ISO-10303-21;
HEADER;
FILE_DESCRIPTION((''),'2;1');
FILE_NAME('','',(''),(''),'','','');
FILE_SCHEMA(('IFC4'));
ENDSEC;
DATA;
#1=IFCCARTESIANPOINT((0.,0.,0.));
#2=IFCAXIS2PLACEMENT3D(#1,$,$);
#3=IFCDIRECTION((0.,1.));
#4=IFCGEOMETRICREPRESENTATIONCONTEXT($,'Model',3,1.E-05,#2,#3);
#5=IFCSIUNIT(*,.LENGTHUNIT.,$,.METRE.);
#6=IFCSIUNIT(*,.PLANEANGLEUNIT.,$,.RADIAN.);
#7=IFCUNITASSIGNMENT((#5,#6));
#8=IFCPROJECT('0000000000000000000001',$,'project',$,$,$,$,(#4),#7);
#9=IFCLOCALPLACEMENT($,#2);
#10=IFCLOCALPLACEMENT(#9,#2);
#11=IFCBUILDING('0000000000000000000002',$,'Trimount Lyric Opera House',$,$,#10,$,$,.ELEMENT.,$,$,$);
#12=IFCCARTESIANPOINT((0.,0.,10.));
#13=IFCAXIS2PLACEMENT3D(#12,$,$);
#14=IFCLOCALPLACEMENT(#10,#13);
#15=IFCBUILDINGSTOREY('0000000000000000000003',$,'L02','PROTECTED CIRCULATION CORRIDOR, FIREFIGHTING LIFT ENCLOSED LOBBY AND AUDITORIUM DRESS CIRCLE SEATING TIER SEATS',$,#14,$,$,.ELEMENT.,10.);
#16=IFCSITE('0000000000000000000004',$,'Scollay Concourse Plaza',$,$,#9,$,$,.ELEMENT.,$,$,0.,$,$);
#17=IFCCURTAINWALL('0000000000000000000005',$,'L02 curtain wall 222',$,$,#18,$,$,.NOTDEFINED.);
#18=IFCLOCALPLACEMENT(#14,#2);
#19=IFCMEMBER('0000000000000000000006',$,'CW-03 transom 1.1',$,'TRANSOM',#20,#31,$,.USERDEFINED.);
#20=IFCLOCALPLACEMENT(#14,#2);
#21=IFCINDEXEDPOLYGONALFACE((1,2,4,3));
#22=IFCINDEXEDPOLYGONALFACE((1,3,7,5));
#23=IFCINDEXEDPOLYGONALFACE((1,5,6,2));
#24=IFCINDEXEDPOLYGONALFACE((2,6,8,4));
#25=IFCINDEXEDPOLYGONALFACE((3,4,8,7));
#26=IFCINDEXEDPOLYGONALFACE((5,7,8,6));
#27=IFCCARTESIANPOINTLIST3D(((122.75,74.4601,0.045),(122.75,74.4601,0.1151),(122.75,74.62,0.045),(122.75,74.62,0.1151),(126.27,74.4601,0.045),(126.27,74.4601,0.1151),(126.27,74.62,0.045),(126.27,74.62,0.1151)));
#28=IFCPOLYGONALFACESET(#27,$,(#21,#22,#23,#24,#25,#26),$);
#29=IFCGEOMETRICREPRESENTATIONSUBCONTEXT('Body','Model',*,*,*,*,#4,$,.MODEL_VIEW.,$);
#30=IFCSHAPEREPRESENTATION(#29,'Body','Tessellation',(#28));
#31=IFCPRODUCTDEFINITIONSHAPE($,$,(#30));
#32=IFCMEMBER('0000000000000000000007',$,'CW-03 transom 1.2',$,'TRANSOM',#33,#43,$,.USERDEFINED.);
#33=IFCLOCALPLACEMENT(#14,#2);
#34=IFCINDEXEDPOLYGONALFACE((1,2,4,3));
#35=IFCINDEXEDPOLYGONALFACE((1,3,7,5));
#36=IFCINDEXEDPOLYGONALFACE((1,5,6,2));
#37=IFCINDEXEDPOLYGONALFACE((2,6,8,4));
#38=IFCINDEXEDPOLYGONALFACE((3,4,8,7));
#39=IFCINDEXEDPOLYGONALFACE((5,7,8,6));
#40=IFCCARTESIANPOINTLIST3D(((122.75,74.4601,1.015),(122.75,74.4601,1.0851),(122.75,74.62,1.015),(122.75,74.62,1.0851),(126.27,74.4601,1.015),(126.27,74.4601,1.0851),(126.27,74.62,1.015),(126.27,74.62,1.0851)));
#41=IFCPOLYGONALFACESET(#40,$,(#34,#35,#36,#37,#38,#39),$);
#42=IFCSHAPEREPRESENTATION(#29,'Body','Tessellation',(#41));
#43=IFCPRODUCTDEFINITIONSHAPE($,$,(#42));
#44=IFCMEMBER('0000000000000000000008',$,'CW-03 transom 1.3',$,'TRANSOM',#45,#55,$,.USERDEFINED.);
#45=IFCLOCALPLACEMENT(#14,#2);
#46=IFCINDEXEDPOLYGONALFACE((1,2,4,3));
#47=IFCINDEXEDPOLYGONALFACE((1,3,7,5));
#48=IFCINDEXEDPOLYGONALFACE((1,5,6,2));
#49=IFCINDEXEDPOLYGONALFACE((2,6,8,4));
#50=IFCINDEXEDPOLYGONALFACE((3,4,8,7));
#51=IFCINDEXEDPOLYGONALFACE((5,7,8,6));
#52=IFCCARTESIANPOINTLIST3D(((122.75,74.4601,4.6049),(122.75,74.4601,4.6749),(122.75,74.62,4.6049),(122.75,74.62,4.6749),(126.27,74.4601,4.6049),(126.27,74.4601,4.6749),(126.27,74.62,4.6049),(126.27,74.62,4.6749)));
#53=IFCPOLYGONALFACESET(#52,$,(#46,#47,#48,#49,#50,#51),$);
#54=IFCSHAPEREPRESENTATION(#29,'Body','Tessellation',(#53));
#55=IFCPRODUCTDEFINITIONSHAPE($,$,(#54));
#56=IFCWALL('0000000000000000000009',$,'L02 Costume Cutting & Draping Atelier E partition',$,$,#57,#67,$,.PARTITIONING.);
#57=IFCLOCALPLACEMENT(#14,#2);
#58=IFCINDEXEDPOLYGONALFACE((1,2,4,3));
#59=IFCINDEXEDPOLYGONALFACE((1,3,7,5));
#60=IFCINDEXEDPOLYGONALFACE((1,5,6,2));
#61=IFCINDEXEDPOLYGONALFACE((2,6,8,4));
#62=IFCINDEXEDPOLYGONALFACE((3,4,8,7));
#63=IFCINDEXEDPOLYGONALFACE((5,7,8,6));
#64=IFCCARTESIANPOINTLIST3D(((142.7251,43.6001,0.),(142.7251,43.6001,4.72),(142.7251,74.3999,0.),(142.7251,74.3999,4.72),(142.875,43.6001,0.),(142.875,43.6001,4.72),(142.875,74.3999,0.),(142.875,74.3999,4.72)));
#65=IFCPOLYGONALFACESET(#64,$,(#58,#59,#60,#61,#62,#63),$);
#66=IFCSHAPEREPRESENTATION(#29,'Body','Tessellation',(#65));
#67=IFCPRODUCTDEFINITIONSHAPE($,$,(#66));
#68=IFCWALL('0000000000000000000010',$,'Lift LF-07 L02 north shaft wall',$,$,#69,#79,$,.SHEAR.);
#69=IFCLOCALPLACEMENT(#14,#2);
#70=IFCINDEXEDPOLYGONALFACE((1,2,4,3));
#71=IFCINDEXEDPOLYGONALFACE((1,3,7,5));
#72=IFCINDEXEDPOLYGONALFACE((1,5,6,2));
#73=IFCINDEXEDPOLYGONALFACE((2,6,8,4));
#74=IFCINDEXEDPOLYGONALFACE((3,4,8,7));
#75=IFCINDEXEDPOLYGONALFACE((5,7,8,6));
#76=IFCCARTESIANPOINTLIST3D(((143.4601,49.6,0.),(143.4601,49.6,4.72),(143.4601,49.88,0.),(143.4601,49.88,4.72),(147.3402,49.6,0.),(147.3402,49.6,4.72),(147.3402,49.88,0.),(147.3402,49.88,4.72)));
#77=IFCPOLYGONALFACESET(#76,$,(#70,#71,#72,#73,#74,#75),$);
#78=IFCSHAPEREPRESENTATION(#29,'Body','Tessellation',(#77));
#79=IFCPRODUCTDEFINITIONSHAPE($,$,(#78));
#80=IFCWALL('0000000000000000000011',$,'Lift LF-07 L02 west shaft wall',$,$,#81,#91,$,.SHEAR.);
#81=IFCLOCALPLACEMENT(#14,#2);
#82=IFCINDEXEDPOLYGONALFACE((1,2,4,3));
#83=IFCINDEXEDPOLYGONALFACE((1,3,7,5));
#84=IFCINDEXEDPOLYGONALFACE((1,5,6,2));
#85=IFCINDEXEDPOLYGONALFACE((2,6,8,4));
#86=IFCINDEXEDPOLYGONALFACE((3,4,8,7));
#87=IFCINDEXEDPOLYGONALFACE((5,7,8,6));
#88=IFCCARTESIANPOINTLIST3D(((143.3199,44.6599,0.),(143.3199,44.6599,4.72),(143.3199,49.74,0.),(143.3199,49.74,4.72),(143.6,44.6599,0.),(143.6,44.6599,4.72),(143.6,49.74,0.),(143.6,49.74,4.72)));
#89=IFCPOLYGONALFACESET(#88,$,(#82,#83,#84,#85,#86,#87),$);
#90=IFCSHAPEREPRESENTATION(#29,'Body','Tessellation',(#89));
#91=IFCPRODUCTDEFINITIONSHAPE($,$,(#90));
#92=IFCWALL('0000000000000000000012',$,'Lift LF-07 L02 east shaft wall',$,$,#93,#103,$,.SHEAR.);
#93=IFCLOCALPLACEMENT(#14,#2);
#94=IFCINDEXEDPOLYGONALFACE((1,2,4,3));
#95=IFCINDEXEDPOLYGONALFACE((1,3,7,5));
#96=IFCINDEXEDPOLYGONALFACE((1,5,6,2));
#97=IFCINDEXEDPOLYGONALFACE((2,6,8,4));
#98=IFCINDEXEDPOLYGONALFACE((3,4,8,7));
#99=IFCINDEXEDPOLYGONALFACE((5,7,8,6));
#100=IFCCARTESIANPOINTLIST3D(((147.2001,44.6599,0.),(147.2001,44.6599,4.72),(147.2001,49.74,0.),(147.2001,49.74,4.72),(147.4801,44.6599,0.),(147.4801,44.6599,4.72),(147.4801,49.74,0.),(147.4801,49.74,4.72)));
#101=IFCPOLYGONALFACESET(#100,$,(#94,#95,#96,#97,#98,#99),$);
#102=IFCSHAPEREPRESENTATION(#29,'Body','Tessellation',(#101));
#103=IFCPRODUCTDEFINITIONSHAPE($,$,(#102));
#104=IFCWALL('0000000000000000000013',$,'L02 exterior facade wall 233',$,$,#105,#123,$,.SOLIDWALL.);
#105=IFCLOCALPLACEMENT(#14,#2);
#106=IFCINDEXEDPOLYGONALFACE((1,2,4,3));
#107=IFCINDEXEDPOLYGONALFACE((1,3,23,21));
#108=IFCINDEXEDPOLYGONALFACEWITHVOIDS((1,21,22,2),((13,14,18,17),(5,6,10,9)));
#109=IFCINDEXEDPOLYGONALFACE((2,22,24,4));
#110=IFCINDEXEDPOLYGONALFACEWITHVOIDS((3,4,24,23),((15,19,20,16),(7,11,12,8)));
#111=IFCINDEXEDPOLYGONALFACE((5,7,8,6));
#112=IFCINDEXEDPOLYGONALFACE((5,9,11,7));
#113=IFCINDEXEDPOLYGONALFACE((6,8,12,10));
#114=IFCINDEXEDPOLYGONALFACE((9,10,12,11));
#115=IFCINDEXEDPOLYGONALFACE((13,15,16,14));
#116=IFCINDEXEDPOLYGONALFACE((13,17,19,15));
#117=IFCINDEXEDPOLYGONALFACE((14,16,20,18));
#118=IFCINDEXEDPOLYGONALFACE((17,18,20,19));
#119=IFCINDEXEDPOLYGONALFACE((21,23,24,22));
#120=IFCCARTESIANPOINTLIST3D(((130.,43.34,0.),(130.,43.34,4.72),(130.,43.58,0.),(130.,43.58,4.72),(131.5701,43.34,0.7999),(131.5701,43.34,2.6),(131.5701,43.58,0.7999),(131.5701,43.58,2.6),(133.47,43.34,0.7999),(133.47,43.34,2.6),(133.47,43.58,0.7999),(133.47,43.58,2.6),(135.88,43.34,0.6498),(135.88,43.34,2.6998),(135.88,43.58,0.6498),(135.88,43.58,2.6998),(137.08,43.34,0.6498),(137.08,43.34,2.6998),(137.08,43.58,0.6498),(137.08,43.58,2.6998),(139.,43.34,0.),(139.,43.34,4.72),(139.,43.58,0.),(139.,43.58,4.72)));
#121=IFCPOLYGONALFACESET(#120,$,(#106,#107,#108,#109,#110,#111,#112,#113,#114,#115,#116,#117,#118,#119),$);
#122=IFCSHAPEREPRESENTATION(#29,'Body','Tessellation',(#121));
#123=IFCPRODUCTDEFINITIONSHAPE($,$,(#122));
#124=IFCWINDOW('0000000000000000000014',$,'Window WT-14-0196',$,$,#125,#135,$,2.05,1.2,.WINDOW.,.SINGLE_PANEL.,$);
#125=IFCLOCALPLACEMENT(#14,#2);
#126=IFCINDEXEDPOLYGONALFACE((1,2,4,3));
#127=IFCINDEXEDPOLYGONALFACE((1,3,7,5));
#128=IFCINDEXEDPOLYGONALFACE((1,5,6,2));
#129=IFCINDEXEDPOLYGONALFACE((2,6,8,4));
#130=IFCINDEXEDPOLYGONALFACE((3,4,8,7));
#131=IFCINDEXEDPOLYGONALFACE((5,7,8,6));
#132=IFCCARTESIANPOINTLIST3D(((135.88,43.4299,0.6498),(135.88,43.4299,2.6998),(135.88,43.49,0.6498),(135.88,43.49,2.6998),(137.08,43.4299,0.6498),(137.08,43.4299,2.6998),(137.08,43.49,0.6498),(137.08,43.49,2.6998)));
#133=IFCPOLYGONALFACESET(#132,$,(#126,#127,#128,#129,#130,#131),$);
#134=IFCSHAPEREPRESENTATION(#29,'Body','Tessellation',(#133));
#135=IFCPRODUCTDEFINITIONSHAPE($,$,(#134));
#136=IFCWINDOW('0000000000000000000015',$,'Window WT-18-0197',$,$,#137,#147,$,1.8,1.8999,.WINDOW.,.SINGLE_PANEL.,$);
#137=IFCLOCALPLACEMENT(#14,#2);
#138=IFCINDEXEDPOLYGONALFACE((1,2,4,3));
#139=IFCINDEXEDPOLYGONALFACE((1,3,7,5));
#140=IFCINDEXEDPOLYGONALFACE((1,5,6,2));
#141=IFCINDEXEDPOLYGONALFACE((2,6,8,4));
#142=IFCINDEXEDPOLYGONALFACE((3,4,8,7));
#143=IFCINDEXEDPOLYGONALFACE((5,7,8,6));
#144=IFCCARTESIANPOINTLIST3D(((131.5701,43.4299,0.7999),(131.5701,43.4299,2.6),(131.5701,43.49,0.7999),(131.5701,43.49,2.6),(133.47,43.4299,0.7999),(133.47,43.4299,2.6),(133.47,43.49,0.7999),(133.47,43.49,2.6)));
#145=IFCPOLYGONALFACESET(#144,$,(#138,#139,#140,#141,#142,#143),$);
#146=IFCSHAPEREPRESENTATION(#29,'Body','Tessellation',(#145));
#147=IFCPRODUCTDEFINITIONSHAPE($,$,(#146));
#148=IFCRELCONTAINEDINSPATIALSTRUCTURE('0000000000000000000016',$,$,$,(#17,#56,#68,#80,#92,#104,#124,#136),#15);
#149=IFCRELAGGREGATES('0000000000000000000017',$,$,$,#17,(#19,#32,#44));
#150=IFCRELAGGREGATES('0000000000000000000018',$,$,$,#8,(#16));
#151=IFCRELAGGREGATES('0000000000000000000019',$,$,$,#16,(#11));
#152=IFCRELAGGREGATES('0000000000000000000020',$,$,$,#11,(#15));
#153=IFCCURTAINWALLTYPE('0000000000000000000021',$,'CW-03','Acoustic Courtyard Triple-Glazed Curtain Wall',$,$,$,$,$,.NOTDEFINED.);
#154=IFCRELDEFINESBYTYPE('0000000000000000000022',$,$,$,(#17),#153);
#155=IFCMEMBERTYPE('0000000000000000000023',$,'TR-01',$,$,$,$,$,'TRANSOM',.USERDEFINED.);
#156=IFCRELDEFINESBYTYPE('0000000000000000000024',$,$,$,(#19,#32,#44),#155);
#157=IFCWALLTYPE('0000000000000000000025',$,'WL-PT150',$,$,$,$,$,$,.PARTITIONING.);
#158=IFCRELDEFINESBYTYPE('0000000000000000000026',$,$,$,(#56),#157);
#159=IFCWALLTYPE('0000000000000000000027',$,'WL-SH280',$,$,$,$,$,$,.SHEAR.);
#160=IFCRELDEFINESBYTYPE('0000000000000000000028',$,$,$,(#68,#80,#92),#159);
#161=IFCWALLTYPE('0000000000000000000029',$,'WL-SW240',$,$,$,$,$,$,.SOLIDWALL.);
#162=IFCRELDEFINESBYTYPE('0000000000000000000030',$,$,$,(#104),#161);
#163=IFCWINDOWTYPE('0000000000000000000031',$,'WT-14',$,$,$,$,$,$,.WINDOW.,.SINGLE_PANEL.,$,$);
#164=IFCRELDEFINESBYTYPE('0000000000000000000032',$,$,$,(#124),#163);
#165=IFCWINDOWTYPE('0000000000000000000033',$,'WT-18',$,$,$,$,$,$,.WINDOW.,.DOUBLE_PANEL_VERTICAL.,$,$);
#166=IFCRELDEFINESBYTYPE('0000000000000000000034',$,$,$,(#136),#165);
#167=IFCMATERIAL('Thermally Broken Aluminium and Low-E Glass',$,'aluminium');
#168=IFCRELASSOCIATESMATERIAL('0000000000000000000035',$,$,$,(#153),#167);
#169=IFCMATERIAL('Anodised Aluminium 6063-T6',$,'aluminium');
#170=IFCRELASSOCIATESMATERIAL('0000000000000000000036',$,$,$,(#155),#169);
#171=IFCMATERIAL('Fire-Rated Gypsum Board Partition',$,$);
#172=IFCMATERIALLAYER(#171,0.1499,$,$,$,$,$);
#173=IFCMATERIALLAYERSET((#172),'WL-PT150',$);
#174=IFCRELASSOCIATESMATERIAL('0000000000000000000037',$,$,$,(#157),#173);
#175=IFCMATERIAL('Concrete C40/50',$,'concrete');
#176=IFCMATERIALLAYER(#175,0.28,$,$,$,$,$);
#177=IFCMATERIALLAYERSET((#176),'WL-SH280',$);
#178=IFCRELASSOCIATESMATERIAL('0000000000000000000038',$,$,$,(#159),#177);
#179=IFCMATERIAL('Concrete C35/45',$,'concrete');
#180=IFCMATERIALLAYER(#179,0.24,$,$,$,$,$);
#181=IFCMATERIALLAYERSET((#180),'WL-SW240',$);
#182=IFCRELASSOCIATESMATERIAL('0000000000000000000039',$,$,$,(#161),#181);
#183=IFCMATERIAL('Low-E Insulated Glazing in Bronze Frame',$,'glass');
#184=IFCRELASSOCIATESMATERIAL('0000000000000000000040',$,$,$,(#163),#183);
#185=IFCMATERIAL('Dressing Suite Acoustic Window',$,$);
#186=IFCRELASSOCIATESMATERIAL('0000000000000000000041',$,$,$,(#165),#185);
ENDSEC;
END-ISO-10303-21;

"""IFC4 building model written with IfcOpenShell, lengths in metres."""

from ifc_helpers import new_model, si_unit, direction, frame, frame_2d, origin, origin_2d, place, context, subcontext, project, spatial, rectangle, extrude, material, layer, layer_set, material_profile, profile_set, type_object, element, fill, aggregate, save


model = new_model("IFC4")

# Units and contexts
model_context = context("Model", 3, precision=1e-05, world=origin(), true_north=direction((0.0, 1.0)))
body_context = subcontext(model_context, "Body", "Model", "MODEL_VIEW")
ifc_project = project(units=[si_unit("LENGTHUNIT", "METRE"), si_unit("PLANEANGLEUNIT", "RADIAN")], contexts=[model_context])

# Site, building, storey
site_placement = place(None, origin())
site = spatial("IfcSite", under=ifc_project, at=site_placement, Name="Scollay Concourse Plaza", CompositionType="ELEMENT", RefElevation=0.0)
building_placement = place(site_placement, origin())
building = spatial("IfcBuilding", under=site, at=building_placement, Name="Trimount Lyric Opera House", CompositionType="ELEMENT")
storey_placement = place(building_placement, frame((0.0, 0.0, 10.0)))
storey = spatial("IfcBuildingStorey", under=building, at=storey_placement, Name="L02", Description="PROTECTED CIRCULATION CORRIDOR, FIREFIGHTING LIFT ENCLOSED LOBBY AND AUDITORIUM DRESS CIRCLE SEATING TIER SEATS", CompositionType="ELEMENT", Elevation=10.0)

# Curtain wall
ifc_material_1 = material(Name="Thermally Broken Aluminium and Low-E Glass", Category="aluminium")
curtain_wall_type = type_object("IfcCurtainWallType", Name="CW-03", Description="Acoustic Courtyard Triple-Glazed Curtain Wall", PredefinedType="NOTDEFINED", material=ifc_material_1)
curtain_wall_placement = place(storey_placement, origin())
curtain_wall = element("IfcCurtainWall", 1, at=curtain_wall_placement, inside=storey, type_object=curtain_wall_type, Name="L02 curtain wall 222", PredefinedType="NOTDEFINED")

# Members
ifc_material_2 = material(Name="Anodised Aluminium 6063-T6", Category="aluminium")
ifc_material_profile_1 = material_profile(ifc_material_2, rectangle(XDim=0.1599, YDim=0.0701, at=origin_2d()), Name="ALU-TRAN-70X160")
ifc_profile_set_1 = profile_set([ifc_material_profile_1], Name="Anodised Aluminium 6063-T6")
member_type_1 = type_object("IfcMemberType", Name="TR-01", ElementType="TRANSOM", PredefinedType="USERDEFINED", material=ifc_profile_set_1)
member_1_placement = place(storey_placement, frame((122.75, 74.54, 0.0801), z_axis=(1.0, 0.0, 0.0), x_axis=(0.0, 1.0, 0.0)))
member_1 = element("IfcMember", 2, at=member_1_placement, type_object=member_type_1, Name="CW-03 transom 1.1", ObjectType="TRANSOM", PredefinedType="USERDEFINED", context=body_context, shape_type="SweptSolid", body=[
    extrude(rectangle(XDim=0.1599, YDim=0.0701, at=origin_2d()), origin(), (0.0, 0.0, 1.0), 3.52),
])
member_2_placement = place(storey_placement, frame((122.75, 74.54, 1.05), z_axis=(1.0, 0.0, 0.0), x_axis=(0.0, 1.0, 0.0)))
member_2 = element("IfcMember", 3, at=member_2_placement, type_object=member_type_1, Name="CW-03 transom 1.2", ObjectType="TRANSOM", PredefinedType="USERDEFINED", context=body_context, shape_type="SweptSolid", body=[
    extrude(rectangle(XDim=0.1599, YDim=0.0701, at=origin_2d()), origin(), (0.0, 0.0, 1.0), 3.52),
])
member_3_placement = place(storey_placement, frame((122.75, 74.54, 4.6399), z_axis=(1.0, 0.0, 0.0), x_axis=(0.0, 1.0, 0.0)))
member_3 = element("IfcMember", 4, at=member_3_placement, type_object=member_type_1, Name="CW-03 transom 1.3", ObjectType="TRANSOM", PredefinedType="USERDEFINED", context=body_context, shape_type="SweptSolid", body=[
    extrude(rectangle(XDim=0.1599, YDim=0.0701, at=origin_2d()), origin(), (0.0, 0.0, 1.0), 3.52),
])
aggregate(curtain_wall, [member_1, member_2, member_3])

# Walls
ifc_material_3 = material(Name="Fire-Rated Gypsum Board Partition")
ifc_layer_1 = layer(ifc_material_3, 0.1499)
ifc_layer_set_1 = layer_set([ifc_layer_1], Name="WL-PT150")
wall_type_1 = type_object("IfcWallType", Name="WL-PT150", PredefinedType="PARTITIONING", material=ifc_layer_set_1)
wall_1_placement = place(storey_placement, frame((142.8, 43.6001, 0.0), z_axis=(0.0, 0.0, 1.0), x_axis=(0.0, 1.0, 0.0)))
element("IfcWall", 5, at=wall_1_placement, inside=storey, type_object=wall_type_1, Name="L02 Costume Cutting & Draping Atelier E partition", PredefinedType="PARTITIONING", context=body_context, shape_type="SweptSolid", body=[
    extrude(rectangle(XDim=30.7998, YDim=0.1499, at=frame_2d((15.3999, 0.0))), origin(), (0.0, 0.0, 1.0), 4.72),
])
ifc_material_4 = material(Name="Concrete C40/50", Category="concrete")
ifc_layer_2 = layer(ifc_material_4, 0.28)
ifc_layer_set_2 = layer_set([ifc_layer_2], Name="WL-SH280")
wall_type_2 = type_object("IfcWallType", Name="WL-SH280", PredefinedType="SHEAR", material=ifc_layer_set_2)
for number, where, z_axis, x_axis, name in (
    (6, (147.3401, 49.74, 0.0), (0.0, 0.0, 1.0), (-1.0, 0.0, 0.0), "Lift LF-07 L02 north shaft wall"),
):
    element("IfcWall", number, at=place(storey_placement, frame(where, z_axis=z_axis, x_axis=x_axis)), inside=storey, type_object=wall_type_2, Name=name, PredefinedType="SHEAR", context=body_context, shape_type="SweptSolid", body=[
        extrude(rectangle(XDim=3.8801, YDim=0.28, at=frame_2d((1.9399, 0.0))), origin(), (0.0, 0.0, 1.0), 4.72),
    ])
for number, where, z_axis, x_axis, name in (
    (7, (143.46, 49.74, 0.0), (0.0, 0.0, 1.0), (0.0, -1.0, 0.0), "Lift LF-07 L02 west shaft wall"),
    (8, (147.3401, 44.6599, 0.0), (0.0, 0.0, 1.0), (0.0, 1.0, 0.0), "Lift LF-07 L02 east shaft wall"),
):
    element("IfcWall", number, at=place(storey_placement, frame(where, z_axis=z_axis, x_axis=x_axis)), inside=storey, type_object=wall_type_2, Name=name, PredefinedType="SHEAR", context=body_context, shape_type="SweptSolid", body=[
        extrude(rectangle(XDim=5.0801, YDim=0.28, at=frame_2d((2.54, 0.0))), origin(), (0.0, 0.0, 1.0), 4.72),
    ])

# Wall, openings, windows
ifc_material_5 = material(Name="Concrete C35/45", Category="concrete")
ifc_layer_3 = layer(ifc_material_5, 0.24)
ifc_layer_set_3 = layer_set([ifc_layer_3], Name="WL-SW240")
wall_type_3 = type_object("IfcWallType", Name="WL-SW240", PredefinedType="SOLIDWALL", material=ifc_layer_set_3)
wall_2_placement = place(storey_placement, frame((139.0, 43.46, 0.0), z_axis=(0.0, 0.0, 1.0), x_axis=(-1.0, 0.0, 0.0)))
wall_2 = element("IfcWall", 9, at=wall_2_placement, inside=storey, type_object=wall_type_3, Name="L02 exterior facade wall 233", PredefinedType="SOLIDWALL", context=body_context, shape_type="SweptSolid", body=[
    extrude(rectangle(XDim=9.0, YDim=0.24, at=frame_2d((4.5, 0.0))), origin(), (0.0, 0.0, 1.0), 4.72),
])
opening_1_placement = place(wall_2_placement, frame((1.9199, 0.0, 0.6499)))
opening_1 = element("IfcOpeningElement", 10, at=opening_1_placement, cuts=wall_2, PredefinedType="OPENING", context=body_context, shape_type="SweptSolid", body=[
    extrude(rectangle(XDim=1.2, YDim=2.05, at=frame_2d((0.6001, 1.0249))), frame((0.0, 0.1299, 0.0), z_axis=(0.0, -1.0, 0.0), x_axis=(1.0, 0.0, 0.0)), (0.0, 0.0, 1.0), 0.26),
])
opening_2_placement = place(wall_2_placement, frame((5.53, 0.0, 0.8)))
opening_2 = element("IfcOpeningElement", 11, at=opening_2_placement, cuts=wall_2, PredefinedType="OPENING", context=body_context, shape_type="SweptSolid", body=[
    extrude(rectangle(XDim=1.8999, YDim=1.8, at=frame_2d((0.95, 0.8999))), frame((0.0, 0.1299, 0.0), z_axis=(0.0, -1.0, 0.0), x_axis=(1.0, 0.0, 0.0)), (0.0, 0.0, 1.0), 0.26),
])
ifc_material_6 = material(Name="Low-E Insulated Glazing in Bronze Frame", Category="glass")
window_type_1 = type_object("IfcWindowType", Name="WT-14", PartitioningType="SINGLE_PANEL", PredefinedType="WINDOW", material=ifc_material_6)
window_1_placement = place(opening_1_placement, origin())
window_1 = element("IfcWindow", 12, at=window_1_placement, inside=storey, type_object=window_type_1, Name="Window WT-14-0196", OverallHeight=2.05, OverallWidth=1.2, PartitioningType="SINGLE_PANEL", PredefinedType="WINDOW", context=body_context, shape_type="SweptSolid", body=[
    extrude(rectangle(XDim=1.2, YDim=2.05, at=frame_2d((0.6001, 1.0249))), frame((0.0, 0.03, 0.0), z_axis=(0.0, -1.0, 0.0), x_axis=(1.0, 0.0, 0.0)), (0.0, 0.0, 1.0), 0.0601),
])
fill(opening_1, window_1)
ifc_material_7 = material(Name="Dressing Suite Acoustic Window")
window_type_2 = type_object("IfcWindowType", Name="WT-18", PartitioningType="DOUBLE_PANEL_VERTICAL", PredefinedType="WINDOW", material=ifc_material_7)
window_2_placement = place(opening_2_placement, origin())
window_2 = element("IfcWindow", 13, at=window_2_placement, inside=storey, type_object=window_type_2, Name="Window WT-18-0197", OverallHeight=1.8, OverallWidth=1.8999, PartitioningType="SINGLE_PANEL", PredefinedType="WINDOW", context=body_context, shape_type="SweptSolid", body=[
    extrude(rectangle(XDim=1.8999, YDim=1.8, at=frame_2d((0.95, 0.8999))), frame((0.0, 0.03, 0.0), z_axis=(0.0, -1.0, 0.0), x_axis=(1.0, 0.0, 0.0)), (0.0, 0.0, 1.0), 0.0601),
])
fill(opening_2, window_2)

save(model, "model.ifc")
